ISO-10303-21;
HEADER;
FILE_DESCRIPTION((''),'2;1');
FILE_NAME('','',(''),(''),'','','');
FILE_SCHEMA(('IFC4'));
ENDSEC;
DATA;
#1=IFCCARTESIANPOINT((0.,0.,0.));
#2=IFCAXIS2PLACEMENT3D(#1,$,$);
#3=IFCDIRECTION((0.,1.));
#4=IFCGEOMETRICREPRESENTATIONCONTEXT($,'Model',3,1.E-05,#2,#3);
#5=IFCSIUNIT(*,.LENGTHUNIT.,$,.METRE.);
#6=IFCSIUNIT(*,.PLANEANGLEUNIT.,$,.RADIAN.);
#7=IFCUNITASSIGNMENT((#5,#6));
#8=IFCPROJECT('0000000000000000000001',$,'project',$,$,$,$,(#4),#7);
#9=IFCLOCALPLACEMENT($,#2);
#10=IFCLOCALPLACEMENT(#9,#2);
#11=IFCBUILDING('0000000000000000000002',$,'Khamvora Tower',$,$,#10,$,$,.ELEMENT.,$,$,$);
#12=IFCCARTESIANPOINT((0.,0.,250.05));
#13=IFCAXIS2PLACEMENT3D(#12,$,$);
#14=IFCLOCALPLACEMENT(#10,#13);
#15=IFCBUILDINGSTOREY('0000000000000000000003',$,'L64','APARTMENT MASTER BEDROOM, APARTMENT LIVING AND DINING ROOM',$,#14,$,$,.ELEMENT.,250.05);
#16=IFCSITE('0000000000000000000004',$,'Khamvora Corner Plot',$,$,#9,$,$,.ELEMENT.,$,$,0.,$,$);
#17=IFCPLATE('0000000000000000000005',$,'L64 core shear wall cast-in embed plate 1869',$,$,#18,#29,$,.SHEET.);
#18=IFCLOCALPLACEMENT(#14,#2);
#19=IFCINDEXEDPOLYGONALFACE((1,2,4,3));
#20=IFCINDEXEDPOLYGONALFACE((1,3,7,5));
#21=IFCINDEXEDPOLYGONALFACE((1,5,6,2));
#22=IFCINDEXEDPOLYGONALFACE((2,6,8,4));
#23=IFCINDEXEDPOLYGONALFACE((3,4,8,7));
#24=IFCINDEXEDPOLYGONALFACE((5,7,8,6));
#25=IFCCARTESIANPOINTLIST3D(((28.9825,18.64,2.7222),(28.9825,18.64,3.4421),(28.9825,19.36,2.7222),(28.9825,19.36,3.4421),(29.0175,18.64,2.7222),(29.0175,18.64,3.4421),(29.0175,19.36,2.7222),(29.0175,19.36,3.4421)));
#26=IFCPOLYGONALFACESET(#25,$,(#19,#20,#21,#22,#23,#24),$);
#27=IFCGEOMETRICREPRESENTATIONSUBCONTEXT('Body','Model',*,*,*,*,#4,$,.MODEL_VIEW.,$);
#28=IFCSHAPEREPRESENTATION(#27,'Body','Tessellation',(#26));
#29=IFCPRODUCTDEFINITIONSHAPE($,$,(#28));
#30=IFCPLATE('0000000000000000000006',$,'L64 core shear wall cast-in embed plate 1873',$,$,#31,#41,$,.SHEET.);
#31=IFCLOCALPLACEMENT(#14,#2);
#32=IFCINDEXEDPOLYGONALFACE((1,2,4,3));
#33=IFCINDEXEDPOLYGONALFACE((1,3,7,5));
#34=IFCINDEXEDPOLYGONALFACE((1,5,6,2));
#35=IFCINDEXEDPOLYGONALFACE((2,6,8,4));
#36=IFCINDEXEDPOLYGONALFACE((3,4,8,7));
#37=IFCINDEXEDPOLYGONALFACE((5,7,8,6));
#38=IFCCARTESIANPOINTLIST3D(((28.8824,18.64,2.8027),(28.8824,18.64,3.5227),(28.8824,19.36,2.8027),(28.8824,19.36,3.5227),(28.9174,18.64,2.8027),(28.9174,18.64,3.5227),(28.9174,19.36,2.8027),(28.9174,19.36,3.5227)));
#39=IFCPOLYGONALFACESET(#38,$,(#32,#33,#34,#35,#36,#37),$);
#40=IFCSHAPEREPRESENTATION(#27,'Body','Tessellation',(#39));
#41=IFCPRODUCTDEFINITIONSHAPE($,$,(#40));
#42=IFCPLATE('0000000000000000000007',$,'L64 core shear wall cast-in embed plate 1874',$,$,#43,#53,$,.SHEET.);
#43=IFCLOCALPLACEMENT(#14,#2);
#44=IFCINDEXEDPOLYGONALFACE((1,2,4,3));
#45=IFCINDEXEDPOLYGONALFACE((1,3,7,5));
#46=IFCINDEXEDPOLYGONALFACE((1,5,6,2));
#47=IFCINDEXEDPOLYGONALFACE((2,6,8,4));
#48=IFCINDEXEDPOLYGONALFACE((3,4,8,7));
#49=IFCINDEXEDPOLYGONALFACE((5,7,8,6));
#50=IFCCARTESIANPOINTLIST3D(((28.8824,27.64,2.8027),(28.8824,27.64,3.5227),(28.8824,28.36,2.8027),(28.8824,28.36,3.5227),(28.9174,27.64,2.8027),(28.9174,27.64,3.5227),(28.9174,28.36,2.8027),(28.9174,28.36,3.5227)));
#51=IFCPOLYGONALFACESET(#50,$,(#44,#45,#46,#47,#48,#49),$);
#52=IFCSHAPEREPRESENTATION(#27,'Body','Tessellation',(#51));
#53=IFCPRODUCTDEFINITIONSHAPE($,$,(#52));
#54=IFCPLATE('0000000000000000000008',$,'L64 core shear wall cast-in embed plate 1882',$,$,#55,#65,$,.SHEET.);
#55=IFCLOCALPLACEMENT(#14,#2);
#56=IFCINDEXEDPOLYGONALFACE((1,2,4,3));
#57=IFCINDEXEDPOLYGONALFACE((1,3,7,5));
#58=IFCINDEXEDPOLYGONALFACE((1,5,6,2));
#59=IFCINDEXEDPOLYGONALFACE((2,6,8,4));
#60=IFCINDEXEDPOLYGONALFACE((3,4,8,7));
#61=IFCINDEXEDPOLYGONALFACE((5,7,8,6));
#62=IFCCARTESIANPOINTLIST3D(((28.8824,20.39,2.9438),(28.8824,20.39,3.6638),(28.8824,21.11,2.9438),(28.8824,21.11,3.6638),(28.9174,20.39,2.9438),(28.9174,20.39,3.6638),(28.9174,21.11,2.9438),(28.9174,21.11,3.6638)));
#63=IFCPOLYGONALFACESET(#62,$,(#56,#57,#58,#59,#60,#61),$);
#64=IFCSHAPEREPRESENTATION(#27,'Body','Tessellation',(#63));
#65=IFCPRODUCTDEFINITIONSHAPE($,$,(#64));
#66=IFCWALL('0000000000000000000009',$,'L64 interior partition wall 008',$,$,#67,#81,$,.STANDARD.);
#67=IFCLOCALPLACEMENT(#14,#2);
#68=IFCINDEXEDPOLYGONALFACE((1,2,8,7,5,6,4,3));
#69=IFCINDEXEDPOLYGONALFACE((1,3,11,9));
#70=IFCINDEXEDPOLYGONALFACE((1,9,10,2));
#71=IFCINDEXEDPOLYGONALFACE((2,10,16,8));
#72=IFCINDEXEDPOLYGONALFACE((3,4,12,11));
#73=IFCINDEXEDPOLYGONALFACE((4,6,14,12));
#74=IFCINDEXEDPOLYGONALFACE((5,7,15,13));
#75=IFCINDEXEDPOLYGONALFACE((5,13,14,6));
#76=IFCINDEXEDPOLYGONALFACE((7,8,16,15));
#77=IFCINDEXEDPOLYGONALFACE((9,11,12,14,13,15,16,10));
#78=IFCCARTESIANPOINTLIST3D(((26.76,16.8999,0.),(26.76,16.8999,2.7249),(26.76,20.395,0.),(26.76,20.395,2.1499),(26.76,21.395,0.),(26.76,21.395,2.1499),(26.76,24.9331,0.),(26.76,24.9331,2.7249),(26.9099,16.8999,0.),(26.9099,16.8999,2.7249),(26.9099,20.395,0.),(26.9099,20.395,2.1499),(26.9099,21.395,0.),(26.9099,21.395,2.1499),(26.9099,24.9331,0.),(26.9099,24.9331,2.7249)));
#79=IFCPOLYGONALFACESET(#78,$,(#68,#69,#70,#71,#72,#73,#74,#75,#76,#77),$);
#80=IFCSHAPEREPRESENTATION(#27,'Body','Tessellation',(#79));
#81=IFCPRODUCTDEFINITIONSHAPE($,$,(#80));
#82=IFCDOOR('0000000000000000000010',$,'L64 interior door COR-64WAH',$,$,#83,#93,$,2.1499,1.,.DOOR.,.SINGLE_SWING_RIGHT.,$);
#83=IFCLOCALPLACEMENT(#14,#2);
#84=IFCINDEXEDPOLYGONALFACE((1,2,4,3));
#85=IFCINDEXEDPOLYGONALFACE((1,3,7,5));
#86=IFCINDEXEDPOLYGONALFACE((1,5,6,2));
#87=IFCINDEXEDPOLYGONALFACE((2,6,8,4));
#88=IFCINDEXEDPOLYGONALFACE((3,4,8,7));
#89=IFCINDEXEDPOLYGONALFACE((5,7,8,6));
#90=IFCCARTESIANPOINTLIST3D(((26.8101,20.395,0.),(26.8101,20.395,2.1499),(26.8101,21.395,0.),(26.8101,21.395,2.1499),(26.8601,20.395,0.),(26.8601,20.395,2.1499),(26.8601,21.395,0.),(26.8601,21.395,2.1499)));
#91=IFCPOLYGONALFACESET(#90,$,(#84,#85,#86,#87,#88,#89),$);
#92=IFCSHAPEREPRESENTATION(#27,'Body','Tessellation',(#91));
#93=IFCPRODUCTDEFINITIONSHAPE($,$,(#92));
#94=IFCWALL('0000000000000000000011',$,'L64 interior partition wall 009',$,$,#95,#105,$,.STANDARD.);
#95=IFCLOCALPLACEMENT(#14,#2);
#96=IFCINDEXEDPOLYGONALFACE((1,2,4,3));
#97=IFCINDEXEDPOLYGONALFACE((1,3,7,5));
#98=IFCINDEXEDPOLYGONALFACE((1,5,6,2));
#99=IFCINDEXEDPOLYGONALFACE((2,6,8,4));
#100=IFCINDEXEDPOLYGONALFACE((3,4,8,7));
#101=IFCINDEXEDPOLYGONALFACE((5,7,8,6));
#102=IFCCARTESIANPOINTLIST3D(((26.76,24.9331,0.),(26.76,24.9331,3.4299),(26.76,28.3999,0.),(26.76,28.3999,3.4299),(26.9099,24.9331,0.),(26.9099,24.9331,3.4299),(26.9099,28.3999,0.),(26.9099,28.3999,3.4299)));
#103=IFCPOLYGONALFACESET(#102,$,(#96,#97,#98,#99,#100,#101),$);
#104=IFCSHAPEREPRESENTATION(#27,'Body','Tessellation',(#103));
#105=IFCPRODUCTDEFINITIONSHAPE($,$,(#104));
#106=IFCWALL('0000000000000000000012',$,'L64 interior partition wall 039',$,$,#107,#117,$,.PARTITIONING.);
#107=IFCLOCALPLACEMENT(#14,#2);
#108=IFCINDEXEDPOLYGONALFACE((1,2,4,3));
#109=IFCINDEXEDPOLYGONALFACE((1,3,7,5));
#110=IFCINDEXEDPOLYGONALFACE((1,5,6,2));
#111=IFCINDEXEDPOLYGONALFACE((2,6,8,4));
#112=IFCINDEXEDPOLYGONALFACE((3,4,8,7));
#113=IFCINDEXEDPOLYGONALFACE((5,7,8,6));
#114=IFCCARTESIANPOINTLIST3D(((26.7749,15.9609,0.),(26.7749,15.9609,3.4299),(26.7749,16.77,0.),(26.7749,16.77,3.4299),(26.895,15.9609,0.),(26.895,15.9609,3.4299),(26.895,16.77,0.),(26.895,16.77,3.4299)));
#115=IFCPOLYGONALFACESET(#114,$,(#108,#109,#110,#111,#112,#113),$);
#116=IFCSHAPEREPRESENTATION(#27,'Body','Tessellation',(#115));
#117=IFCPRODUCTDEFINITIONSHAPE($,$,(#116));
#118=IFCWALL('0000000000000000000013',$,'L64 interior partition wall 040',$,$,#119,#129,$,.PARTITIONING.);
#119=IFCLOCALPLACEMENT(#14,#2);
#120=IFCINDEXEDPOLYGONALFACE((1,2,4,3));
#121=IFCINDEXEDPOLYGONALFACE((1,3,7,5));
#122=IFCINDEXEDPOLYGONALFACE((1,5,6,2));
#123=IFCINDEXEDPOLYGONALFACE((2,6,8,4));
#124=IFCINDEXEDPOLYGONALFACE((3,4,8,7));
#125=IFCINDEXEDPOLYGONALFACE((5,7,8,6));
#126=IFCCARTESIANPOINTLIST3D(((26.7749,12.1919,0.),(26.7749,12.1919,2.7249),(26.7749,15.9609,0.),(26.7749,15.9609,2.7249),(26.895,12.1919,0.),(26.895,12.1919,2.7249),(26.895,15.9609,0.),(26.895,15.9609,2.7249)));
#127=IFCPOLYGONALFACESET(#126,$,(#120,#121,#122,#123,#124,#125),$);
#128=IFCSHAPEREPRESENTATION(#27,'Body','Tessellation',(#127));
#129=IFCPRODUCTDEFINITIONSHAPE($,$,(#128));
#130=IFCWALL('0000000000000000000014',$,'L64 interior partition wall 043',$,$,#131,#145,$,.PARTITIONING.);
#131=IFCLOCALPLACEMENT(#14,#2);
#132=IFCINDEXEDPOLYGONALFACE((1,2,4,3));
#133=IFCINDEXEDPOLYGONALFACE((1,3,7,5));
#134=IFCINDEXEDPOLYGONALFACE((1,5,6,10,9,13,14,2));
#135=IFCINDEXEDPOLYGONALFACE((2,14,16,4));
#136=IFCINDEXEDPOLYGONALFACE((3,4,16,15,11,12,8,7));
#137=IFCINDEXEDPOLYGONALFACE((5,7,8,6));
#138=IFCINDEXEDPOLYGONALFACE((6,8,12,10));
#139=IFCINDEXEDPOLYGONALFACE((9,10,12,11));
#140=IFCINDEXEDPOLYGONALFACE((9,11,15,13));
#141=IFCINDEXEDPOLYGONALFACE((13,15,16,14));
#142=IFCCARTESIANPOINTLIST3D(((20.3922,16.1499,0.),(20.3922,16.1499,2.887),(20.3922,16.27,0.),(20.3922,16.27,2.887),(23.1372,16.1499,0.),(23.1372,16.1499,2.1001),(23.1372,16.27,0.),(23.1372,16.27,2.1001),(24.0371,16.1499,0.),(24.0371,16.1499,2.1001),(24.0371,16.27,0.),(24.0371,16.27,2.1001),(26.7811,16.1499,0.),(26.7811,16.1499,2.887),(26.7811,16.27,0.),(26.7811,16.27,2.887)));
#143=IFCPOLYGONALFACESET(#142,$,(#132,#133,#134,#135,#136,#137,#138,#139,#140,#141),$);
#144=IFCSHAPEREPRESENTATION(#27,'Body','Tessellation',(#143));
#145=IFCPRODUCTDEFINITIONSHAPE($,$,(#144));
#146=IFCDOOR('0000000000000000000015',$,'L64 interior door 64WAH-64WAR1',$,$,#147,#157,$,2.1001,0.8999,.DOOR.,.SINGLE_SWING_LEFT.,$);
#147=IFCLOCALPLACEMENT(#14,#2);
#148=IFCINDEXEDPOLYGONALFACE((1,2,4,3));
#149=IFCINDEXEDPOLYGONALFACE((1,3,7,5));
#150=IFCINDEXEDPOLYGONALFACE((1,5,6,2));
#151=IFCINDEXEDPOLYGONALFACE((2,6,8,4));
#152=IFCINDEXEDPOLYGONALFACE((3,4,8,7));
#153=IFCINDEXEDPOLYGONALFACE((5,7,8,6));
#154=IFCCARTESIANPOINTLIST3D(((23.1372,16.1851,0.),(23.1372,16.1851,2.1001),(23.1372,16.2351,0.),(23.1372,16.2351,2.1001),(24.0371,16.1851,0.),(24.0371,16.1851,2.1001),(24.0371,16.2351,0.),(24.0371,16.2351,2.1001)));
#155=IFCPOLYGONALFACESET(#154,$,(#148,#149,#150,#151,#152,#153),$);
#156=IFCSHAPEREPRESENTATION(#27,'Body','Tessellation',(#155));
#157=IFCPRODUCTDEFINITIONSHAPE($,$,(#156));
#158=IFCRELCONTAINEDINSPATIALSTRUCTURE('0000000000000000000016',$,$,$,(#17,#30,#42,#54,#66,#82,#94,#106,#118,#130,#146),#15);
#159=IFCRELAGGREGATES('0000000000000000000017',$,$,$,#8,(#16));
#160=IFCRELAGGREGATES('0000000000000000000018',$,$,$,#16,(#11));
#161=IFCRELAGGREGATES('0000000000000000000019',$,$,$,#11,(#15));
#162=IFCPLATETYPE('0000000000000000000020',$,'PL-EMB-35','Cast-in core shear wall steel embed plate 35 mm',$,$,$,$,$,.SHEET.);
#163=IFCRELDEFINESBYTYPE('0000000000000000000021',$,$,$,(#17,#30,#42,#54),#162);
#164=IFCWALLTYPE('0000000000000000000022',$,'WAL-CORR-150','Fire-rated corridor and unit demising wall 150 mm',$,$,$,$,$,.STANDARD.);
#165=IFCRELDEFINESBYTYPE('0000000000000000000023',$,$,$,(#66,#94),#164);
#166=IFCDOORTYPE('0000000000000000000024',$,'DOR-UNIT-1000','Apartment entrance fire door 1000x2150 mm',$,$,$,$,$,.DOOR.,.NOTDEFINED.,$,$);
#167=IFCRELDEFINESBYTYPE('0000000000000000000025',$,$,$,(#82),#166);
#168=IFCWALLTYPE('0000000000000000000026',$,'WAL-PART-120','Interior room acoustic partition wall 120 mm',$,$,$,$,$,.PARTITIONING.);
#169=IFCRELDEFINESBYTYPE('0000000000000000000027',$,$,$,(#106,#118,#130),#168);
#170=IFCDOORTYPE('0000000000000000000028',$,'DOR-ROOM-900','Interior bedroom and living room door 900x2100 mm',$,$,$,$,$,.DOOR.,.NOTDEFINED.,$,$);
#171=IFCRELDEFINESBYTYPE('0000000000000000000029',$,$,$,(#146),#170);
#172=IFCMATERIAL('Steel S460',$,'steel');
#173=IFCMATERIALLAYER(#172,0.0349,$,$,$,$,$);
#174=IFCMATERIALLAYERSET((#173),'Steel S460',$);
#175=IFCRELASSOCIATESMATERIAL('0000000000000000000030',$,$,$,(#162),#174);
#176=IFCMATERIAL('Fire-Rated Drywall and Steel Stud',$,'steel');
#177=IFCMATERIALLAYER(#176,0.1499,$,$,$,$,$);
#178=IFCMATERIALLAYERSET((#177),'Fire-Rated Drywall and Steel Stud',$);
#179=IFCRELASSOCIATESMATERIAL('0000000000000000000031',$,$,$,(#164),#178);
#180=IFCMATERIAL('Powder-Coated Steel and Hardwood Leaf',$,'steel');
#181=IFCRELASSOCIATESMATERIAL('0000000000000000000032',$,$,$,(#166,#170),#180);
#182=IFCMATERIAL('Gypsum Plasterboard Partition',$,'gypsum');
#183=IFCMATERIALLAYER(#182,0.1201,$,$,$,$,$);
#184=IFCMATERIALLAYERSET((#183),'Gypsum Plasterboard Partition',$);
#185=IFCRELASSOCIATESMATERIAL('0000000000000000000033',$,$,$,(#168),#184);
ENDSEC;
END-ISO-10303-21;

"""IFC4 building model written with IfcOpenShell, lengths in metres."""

from ifc_helpers import new_model, si_unit, direction, frame, frame_2d, origin, origin_2d, place, context, subcontext, project, spatial, rectangle, extrude, material, layer, layer_set, type_object, element, fill, save


model = new_model("IFC4")

# Units and contexts
model_context = context("Model", 3, precision=1e-05, world=origin(), true_north=direction((0.0, 1.0)))
body_context = subcontext(model_context, "Body", "Model", "MODEL_VIEW")
ifc_project = project(units=[si_unit("LENGTHUNIT", "METRE"), si_unit("PLANEANGLEUNIT", "RADIAN")], contexts=[model_context])

# Site, building, storey
site_placement = place(None, origin())
site = spatial("IfcSite", under=ifc_project, at=site_placement, Name="Khamvora Corner Plot", CompositionType="ELEMENT", RefElevation=0.0)
building_placement = place(site_placement, origin())
building = spatial("IfcBuilding", under=site, at=building_placement, Name="Khamvora Tower", CompositionType="ELEMENT")
storey_placement = place(building_placement, frame((0.0, 0.0, 250.05)))
storey = spatial("IfcBuildingStorey", under=building, at=storey_placement, Name="L64", Description="APARTMENT MASTER BEDROOM, APARTMENT LIVING AND DINING ROOM", CompositionType="ELEMENT", Elevation=250.05)

# Plates
ifc_material_1 = material(Name="Steel S460", Category="steel")
ifc_layer_1 = layer(ifc_material_1, 0.0349)
ifc_layer_set_1 = layer_set([ifc_layer_1], Name="Steel S460")
plate_type = type_object("IfcPlateType", Name="PL-EMB-35", Description="Cast-in core shear wall steel embed plate 35 mm", PredefinedType="SHEET", material=ifc_layer_set_1)
for number, where, z_axis, x_axis, name in (
    (1, (29.0, 19.0, 2.7222), (0.0, 0.0, 1.0), (1.0, 0.0, 0.0), "L64 core shear wall cast-in embed plate 1869"),
    (2, (28.8999, 19.0, 2.8027), (0.0, 0.0, 1.0), (1.0, 0.0, 0.0), "L64 core shear wall cast-in embed plate 1873"),
    (3, (28.8999, 28.0, 2.8027), (0.0, 0.0, 1.0), (1.0, 0.0, 0.0), "L64 core shear wall cast-in embed plate 1874"),
    (4, (28.8999, 20.75, 2.9438), (0.0, 0.0, 1.0), (1.0, 0.0, 0.0), "L64 core shear wall cast-in embed plate 1882"),
):
    element("IfcPlate", number, at=place(storey_placement, frame(where, z_axis=z_axis, x_axis=x_axis)), inside=storey, type_object=plate_type, Name=name, PredefinedType="SHEET", context=body_context, shape_type="SweptSolid", body=[
        extrude(rectangle(XDim=0.0349, YDim=0.72, at=origin_2d()), origin(), (0.0, 0.0, 1.0), 0.72),
    ])

# Wall, opening, door
ifc_material_2 = material(Name="Fire-Rated Drywall and Steel Stud", Category="steel")
ifc_layer_2 = layer(ifc_material_2, 0.1499)
ifc_layer_set_2 = layer_set([ifc_layer_2], Name="Fire-Rated Drywall and Steel Stud")
wall_type_1 = type_object("IfcWallType", Name="WAL-CORR-150", Description="Fire-rated corridor and unit demising wall 150 mm", PredefinedType="STANDARD", material=ifc_layer_set_2)
wall_1_placement = place(storey_placement, frame((26.835, 16.8999, 0.0), z_axis=(0.0, 0.0, 1.0), x_axis=(0.0, 1.0, 0.0)))
wall_1 = element("IfcWall", 5, at=wall_1_placement, inside=storey, type_object=wall_type_1, Name="L64 interior partition wall 008", PredefinedType="STANDARD", context=body_context, shape_type="SweptSolid", body=[
    extrude(rectangle(XDim=8.0332, YDim=0.1499, at=frame_2d((4.0166, 0.0))), origin(), (0.0, 0.0, 1.0), 2.7249),
])
opening_1_placement = place(wall_1_placement, frame((3.4951, 0.0, 0.0)))
opening_1 = element("IfcOpeningElement", 6, at=opening_1_placement, cuts=wall_1, PredefinedType="OPENING", context=body_context, shape_type="SweptSolid", body=[
    extrude(rectangle(XDim=1.0, YDim=2.1499, at=frame_2d((0.5, 1.075))), frame((0.0, 0.085, 0.0), z_axis=(0.0, -1.0, 0.0), x_axis=(1.0, 0.0, 0.0)), (0.0, 0.0, 1.0), 0.1699),
])
ifc_material_3 = material(Name="Powder-Coated Steel and Hardwood Leaf", Category="steel")
door_type_1 = type_object("IfcDoorType", Name="DOR-UNIT-1000", Description="Apartment entrance fire door 1000x2150 mm", OperationType="NOTDEFINED", PredefinedType="DOOR", material=ifc_material_3)
door_1_placement = place(opening_1_placement, origin())
door_1 = element("IfcDoor", 7, at=door_1_placement, inside=storey, type_object=door_type_1, Name="L64 interior door COR-64WAH", OperationType="SINGLE_SWING_RIGHT", OverallHeight=2.1499, OverallWidth=1.0, PredefinedType="DOOR", context=body_context, shape_type="SweptSolid", body=[
    extrude(rectangle(XDim=1.0, YDim=2.1499, at=frame_2d((0.5, 1.075))), frame((0.0, 0.0249, 0.0), z_axis=(0.0, -1.0, 0.0), x_axis=(1.0, 0.0, 0.0)), (0.0, 0.0, 1.0), 0.05),
])
fill(opening_1, door_1)

# Walls
wall_2_placement = place(storey_placement, frame((26.835, 24.9331, 0.0), z_axis=(0.0, 0.0, 1.0), x_axis=(0.0, 1.0, 0.0)))
element("IfcWall", 8, at=wall_2_placement, inside=storey, type_object=wall_type_1, Name="L64 interior partition wall 009", PredefinedType="STANDARD", context=body_context, shape_type="SweptSolid", body=[
    extrude(rectangle(XDim=3.4668, YDim=0.1499, at=frame_2d((1.7334, 0.0))), origin(), (0.0, 0.0, 1.0), 3.4299),
])
ifc_material_4 = material(Name="Gypsum Plasterboard Partition", Category="gypsum")
ifc_layer_3 = layer(ifc_material_4, 0.1201)
ifc_layer_set_3 = layer_set([ifc_layer_3], Name="Gypsum Plasterboard Partition")
wall_type_2 = type_object("IfcWallType", Name="WAL-PART-120", Description="Interior room acoustic partition wall 120 mm", PredefinedType="PARTITIONING", material=ifc_layer_set_3)
wall_3_placement = place(storey_placement, frame((26.835, 15.9609, 0.0), z_axis=(0.0, 0.0, 1.0), x_axis=(0.0, 1.0, 0.0)))
element("IfcWall", 9, at=wall_3_placement, inside=storey, type_object=wall_type_2, Name="L64 interior partition wall 039", PredefinedType="PARTITIONING", context=body_context, shape_type="SweptSolid", body=[
    extrude(rectangle(XDim=0.8091, YDim=0.1201, at=frame_2d((0.4045, 0.0))), origin(), (0.0, 0.0, 1.0), 3.4299),
])
wall_4_placement = place(storey_placement, frame((26.835, 12.1919, 0.0), z_axis=(0.0, 0.0, 1.0), x_axis=(0.0, 1.0, 0.0)))
element("IfcWall", 10, at=wall_4_placement, inside=storey, type_object=wall_type_2, Name="L64 interior partition wall 040", PredefinedType="PARTITIONING", context=body_context, shape_type="SweptSolid", body=[
    extrude(rectangle(XDim=3.769, YDim=0.1201, at=frame_2d((1.8845, 0.0))), origin(), (0.0, 0.0, 1.0), 2.7249),
])

# Wall, opening, door
wall_5_placement = place(storey_placement, frame((26.781, 16.21, 0.0), z_axis=(0.0, 0.0, 1.0), x_axis=(-1.0, 0.0, 0.0)))
wall_5 = element("IfcWall", 11, at=wall_5_placement, inside=storey, type_object=wall_type_2, Name="L64 interior partition wall 043", PredefinedType="PARTITIONING", context=body_context, shape_type="SweptSolid", body=[
    extrude(rectangle(XDim=6.3889, YDim=0.1201, at=frame_2d((3.1943, 0.0))), origin(), (0.0, 0.0, 1.0), 2.887),
])
opening_2_placement = place(wall_5_placement, frame((2.7439, 0.0, 0.0)))
opening_2 = element("IfcOpeningElement", 12, at=opening_2_placement, cuts=wall_5, PredefinedType="OPENING", context=body_context, shape_type="SweptSolid", body=[
    extrude(rectangle(XDim=0.8999, YDim=2.1001, at=frame_2d((0.45, 1.05))), frame((0.0, 0.0701, 0.0), z_axis=(0.0, -1.0, 0.0), x_axis=(1.0, 0.0, 0.0)), (0.0, 0.0, 1.0), 0.1401),
])
door_type_2 = type_object("IfcDoorType", Name="DOR-ROOM-900", Description="Interior bedroom and living room door 900x2100 mm", OperationType="NOTDEFINED", PredefinedType="DOOR", material=ifc_material_3)
door_2_placement = place(opening_2_placement, origin())
door_2 = element("IfcDoor", 13, at=door_2_placement, inside=storey, type_object=door_type_2, Name="L64 interior door 64WAH-64WAR1", OperationType="SINGLE_SWING_LEFT", OverallHeight=2.1001, OverallWidth=0.8999, PredefinedType="DOOR", context=body_context, shape_type="SweptSolid", body=[
    extrude(rectangle(XDim=0.8999, YDim=2.1001, at=frame_2d((0.45, 1.05))), frame((0.0, 0.0249, 0.0), z_axis=(0.0, -1.0, 0.0), x_axis=(1.0, 0.0, 0.0)), (0.0, 0.0, 1.0), 0.05),
])
fill(opening_2, door_2)

save(model, "model.ifc")
